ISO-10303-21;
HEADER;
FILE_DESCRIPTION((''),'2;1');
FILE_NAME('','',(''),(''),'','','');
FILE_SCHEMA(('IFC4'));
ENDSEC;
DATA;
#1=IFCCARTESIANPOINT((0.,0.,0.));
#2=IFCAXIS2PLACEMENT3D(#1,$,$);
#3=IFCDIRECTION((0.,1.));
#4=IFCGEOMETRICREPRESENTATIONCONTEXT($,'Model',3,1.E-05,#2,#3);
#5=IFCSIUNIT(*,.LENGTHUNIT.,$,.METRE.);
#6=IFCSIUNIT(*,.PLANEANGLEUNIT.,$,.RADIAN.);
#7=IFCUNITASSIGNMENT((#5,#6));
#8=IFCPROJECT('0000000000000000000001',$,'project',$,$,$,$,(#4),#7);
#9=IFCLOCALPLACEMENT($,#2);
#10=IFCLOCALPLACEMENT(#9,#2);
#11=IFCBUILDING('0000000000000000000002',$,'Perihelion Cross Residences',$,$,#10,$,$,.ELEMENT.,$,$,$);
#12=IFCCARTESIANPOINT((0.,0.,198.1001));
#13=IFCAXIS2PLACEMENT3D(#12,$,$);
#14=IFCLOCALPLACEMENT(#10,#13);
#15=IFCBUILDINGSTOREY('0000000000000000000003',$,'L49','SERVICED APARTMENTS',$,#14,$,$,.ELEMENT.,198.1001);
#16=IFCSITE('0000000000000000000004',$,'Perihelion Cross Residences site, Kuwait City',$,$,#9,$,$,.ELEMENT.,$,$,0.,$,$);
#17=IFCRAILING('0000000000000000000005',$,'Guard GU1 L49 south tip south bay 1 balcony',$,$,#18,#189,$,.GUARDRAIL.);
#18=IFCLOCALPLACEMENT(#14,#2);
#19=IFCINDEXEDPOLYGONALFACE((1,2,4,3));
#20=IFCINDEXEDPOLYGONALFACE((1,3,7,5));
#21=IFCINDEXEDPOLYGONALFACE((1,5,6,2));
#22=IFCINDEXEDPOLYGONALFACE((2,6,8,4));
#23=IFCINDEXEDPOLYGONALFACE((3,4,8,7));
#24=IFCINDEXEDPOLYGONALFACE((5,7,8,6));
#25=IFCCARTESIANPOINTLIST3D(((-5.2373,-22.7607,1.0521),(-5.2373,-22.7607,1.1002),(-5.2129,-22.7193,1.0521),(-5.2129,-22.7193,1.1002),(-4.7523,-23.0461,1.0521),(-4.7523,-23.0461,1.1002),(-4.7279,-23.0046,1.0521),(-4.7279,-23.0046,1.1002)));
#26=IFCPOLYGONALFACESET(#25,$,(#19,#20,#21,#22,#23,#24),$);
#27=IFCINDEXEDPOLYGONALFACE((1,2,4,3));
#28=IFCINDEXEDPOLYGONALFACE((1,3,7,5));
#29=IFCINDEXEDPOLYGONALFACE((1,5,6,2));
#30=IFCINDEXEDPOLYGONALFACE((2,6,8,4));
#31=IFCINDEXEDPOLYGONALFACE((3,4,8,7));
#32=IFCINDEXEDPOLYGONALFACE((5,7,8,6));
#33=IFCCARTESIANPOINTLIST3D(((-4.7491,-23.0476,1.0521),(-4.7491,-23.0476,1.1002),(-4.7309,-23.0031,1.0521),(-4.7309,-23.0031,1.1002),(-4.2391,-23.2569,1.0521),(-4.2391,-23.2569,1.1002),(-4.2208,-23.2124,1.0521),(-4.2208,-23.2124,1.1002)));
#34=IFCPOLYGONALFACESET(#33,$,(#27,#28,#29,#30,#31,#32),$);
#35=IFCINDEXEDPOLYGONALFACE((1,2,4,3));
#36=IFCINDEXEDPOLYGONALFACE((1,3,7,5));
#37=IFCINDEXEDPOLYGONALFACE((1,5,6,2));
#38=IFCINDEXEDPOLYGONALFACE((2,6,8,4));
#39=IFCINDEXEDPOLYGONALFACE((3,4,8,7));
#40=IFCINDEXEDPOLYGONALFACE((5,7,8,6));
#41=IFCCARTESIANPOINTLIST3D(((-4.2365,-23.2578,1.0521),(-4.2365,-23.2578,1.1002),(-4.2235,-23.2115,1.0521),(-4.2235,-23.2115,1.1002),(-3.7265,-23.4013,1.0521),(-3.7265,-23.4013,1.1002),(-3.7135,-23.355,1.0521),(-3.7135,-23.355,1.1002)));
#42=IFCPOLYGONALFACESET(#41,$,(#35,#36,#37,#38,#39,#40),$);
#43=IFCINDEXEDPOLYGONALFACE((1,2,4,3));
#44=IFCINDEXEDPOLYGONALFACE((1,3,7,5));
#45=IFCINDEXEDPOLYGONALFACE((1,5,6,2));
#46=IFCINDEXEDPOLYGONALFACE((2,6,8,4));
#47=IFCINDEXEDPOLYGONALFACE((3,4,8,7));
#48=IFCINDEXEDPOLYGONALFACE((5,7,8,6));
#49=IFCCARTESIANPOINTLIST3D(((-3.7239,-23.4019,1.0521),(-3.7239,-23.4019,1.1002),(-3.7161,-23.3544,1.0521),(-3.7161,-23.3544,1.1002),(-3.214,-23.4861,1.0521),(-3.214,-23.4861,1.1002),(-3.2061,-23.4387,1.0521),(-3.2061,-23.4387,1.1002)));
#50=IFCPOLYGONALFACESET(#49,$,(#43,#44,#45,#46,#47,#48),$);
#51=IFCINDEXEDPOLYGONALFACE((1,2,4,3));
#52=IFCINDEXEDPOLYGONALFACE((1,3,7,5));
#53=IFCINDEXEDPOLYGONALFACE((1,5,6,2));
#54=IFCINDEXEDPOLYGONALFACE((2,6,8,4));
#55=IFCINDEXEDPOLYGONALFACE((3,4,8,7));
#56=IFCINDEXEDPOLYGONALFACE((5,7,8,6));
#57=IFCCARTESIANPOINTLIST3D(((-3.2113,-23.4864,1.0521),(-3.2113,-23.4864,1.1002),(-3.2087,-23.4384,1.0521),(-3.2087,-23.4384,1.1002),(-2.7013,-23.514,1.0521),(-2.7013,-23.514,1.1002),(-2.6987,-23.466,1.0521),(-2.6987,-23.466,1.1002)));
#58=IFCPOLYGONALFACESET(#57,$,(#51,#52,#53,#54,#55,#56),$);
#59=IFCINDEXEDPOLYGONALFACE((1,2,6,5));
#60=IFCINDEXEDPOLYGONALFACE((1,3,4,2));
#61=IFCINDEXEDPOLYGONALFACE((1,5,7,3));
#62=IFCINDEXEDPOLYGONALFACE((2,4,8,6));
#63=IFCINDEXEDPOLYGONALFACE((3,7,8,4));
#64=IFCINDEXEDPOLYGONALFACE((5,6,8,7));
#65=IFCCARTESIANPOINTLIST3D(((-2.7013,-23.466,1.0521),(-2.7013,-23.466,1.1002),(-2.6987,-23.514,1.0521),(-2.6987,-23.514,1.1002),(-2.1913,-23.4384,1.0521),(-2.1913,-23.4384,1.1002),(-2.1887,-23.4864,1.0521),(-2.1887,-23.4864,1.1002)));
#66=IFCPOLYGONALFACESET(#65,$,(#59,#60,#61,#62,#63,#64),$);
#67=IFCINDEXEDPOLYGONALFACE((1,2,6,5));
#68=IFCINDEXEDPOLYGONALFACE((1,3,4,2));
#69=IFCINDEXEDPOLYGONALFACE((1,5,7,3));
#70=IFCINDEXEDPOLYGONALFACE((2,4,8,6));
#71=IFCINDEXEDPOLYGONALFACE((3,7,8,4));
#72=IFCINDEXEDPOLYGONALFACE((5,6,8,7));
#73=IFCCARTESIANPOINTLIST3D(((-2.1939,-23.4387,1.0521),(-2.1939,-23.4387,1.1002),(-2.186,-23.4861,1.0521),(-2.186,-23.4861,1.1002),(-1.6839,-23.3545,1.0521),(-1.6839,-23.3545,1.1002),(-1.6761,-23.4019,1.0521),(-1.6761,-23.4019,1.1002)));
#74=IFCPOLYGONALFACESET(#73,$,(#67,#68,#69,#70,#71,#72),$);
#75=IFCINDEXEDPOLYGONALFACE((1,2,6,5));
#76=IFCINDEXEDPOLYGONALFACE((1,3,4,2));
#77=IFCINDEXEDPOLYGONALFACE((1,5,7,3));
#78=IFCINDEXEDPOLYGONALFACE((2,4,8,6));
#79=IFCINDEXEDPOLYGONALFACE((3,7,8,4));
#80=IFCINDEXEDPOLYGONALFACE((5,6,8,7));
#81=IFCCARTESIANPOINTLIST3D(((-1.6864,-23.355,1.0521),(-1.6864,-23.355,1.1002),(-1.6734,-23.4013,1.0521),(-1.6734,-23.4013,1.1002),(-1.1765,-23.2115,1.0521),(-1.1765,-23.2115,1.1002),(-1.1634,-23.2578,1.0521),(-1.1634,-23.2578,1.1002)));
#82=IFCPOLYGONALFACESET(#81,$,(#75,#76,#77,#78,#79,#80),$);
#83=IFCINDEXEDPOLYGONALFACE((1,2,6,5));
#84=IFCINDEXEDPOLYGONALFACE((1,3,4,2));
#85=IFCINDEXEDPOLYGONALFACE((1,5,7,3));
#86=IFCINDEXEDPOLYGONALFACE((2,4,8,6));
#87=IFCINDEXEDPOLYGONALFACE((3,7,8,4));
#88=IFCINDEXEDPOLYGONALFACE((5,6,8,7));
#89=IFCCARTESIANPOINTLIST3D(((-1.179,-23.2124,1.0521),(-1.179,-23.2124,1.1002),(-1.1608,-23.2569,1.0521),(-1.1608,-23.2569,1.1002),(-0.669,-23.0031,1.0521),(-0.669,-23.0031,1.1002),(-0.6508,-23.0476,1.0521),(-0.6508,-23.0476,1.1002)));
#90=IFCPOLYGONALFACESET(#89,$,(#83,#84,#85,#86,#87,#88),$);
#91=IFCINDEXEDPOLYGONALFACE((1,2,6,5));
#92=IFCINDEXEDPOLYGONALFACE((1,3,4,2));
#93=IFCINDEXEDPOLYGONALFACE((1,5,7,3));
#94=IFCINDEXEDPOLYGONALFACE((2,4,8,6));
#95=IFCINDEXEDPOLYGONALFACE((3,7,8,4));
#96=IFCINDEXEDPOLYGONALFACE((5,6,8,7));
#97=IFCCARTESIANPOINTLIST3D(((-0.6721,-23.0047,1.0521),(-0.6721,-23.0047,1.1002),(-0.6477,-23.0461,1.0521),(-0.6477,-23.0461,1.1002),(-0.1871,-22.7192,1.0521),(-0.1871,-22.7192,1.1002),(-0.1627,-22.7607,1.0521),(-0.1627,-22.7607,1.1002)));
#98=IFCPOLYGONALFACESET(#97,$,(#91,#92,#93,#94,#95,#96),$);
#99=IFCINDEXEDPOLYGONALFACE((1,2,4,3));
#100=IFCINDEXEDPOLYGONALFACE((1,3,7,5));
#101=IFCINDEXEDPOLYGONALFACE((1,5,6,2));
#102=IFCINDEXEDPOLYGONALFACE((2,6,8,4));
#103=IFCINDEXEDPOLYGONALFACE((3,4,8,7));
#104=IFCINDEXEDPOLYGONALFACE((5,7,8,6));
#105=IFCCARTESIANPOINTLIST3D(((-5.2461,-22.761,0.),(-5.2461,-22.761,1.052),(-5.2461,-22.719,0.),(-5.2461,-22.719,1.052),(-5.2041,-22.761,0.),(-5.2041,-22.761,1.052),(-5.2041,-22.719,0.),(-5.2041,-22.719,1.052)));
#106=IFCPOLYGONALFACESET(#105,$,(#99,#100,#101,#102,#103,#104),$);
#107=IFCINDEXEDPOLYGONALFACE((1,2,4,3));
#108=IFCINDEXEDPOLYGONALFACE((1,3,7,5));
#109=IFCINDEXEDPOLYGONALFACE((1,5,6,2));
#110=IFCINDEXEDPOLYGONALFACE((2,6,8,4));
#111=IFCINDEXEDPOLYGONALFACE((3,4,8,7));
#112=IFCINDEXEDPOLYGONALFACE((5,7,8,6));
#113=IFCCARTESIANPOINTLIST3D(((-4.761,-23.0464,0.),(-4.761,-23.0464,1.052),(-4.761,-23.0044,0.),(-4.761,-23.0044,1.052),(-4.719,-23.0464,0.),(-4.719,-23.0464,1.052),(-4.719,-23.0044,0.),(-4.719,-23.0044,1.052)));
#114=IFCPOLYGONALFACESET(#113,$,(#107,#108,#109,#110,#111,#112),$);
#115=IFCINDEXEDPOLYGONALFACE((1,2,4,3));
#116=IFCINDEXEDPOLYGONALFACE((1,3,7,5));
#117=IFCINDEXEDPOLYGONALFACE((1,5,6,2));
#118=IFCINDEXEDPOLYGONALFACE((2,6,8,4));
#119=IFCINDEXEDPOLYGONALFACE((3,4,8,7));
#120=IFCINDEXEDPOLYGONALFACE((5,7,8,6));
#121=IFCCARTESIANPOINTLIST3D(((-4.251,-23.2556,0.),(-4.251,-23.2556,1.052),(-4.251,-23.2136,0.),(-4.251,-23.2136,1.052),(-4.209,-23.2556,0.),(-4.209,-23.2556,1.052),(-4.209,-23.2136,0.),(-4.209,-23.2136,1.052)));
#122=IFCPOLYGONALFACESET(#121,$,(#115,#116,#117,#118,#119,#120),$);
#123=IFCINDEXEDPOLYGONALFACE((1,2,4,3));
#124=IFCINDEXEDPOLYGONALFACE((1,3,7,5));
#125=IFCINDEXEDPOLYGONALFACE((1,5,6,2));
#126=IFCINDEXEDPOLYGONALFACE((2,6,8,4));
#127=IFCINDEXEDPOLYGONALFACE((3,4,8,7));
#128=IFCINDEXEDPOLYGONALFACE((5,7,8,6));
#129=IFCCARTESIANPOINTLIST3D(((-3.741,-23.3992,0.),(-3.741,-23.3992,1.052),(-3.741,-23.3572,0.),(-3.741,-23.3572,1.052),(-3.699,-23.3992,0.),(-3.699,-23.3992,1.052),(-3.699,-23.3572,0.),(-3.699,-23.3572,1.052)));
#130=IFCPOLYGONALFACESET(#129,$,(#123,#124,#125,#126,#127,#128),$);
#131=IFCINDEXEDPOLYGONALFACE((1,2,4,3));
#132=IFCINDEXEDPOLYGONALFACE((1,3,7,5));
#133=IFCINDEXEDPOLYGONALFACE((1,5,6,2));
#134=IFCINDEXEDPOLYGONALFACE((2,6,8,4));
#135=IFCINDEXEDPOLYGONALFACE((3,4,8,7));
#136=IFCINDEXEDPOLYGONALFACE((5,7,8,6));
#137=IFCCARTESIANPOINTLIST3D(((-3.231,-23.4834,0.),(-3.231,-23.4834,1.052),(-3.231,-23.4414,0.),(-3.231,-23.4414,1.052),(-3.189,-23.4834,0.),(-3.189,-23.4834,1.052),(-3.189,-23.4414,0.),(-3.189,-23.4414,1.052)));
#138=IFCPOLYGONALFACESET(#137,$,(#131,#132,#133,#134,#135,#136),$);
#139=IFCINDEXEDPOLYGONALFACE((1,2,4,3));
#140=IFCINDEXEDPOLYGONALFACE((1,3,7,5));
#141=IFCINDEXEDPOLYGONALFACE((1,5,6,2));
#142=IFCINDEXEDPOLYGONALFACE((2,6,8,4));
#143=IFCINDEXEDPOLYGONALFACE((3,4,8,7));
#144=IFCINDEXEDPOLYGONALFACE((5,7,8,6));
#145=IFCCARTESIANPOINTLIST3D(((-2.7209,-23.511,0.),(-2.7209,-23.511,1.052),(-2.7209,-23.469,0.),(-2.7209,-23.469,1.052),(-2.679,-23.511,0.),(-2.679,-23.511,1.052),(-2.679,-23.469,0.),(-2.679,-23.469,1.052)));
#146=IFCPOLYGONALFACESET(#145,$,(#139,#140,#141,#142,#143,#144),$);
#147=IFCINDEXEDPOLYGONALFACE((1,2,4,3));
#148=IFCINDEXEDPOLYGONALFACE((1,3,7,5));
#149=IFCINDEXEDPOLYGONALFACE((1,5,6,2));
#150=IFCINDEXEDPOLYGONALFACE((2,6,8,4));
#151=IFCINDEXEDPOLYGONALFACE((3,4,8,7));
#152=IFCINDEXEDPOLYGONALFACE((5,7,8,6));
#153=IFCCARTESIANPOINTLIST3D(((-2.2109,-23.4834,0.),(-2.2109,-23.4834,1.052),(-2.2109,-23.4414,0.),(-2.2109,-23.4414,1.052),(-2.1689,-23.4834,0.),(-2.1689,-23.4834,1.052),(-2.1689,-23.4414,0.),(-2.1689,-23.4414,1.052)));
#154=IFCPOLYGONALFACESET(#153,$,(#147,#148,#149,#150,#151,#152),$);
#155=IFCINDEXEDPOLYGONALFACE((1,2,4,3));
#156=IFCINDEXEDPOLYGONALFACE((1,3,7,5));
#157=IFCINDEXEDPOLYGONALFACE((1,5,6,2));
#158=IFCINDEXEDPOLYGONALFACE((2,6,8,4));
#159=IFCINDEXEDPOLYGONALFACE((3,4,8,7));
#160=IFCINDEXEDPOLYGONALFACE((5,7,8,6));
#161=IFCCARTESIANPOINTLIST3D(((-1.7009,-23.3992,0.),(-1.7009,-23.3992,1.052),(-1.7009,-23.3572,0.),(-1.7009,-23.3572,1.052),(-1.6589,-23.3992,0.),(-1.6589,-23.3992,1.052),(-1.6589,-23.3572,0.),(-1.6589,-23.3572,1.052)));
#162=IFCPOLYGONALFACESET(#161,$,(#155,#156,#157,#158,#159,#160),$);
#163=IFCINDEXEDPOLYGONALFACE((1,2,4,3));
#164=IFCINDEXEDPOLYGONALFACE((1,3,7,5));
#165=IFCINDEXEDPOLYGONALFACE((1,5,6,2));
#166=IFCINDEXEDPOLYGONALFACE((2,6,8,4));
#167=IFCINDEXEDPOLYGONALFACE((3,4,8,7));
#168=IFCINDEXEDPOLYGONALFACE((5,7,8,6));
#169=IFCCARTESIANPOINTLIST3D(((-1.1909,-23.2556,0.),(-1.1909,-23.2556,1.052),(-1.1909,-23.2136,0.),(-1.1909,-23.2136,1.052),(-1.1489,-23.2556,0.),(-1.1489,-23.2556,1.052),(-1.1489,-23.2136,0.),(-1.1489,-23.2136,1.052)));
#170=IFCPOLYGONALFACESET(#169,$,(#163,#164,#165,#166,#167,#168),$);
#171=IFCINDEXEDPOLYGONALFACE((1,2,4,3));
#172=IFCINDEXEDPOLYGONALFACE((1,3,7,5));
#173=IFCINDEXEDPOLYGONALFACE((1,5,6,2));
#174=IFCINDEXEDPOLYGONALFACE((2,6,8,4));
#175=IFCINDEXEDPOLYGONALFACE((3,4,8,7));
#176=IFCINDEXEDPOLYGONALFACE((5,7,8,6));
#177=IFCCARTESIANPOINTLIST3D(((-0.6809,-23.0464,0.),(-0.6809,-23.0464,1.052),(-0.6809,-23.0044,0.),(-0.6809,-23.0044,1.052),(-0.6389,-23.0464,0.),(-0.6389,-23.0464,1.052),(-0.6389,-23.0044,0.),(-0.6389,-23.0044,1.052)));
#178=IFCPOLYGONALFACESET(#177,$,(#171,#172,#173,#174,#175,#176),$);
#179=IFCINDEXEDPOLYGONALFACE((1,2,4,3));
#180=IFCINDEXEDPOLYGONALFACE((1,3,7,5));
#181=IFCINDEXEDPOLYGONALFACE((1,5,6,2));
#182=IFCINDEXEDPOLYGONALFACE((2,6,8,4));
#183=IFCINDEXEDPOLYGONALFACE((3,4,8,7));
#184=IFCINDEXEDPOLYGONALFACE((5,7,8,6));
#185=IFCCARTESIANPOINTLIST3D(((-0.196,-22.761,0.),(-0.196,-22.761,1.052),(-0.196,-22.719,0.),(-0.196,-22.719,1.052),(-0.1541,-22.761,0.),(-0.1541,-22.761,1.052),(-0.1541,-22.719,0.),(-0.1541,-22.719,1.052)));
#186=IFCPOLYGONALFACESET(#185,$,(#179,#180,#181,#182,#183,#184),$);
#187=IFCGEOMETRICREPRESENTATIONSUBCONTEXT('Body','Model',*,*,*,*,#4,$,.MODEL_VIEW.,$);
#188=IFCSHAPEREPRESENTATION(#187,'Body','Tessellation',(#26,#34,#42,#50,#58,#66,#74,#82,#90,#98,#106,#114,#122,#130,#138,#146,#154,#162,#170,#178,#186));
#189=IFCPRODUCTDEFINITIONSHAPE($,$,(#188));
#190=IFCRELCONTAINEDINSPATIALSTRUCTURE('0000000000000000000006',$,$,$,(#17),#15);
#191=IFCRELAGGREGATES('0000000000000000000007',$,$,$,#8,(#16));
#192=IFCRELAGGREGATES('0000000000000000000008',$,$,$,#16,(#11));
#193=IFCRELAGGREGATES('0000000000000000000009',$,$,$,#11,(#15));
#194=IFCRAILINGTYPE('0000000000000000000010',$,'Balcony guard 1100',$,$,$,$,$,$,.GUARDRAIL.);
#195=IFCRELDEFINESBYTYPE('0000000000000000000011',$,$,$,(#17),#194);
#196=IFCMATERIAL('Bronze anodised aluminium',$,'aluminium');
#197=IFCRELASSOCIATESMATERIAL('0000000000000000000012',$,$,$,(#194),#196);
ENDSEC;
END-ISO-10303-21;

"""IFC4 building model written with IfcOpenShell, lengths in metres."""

from ifc_helpers import new_model, si_unit, direction, frame, origin, origin_2d, place, context, subcontext, project, spatial, rectangle, extrude, material, type_object, element, save


model = new_model("IFC4")

# Units and contexts
model_context = context("Model", 3, precision=1e-05, world=origin(), true_north=direction((0.0, 1.0)))
body_context = subcontext(model_context, "Body", "Model", "MODEL_VIEW")
ifc_project = project(units=[si_unit("LENGTHUNIT", "METRE"), si_unit("PLANEANGLEUNIT", "RADIAN")], contexts=[model_context])

# Site, building, storey
site_placement = place(None, origin())
site = spatial("IfcSite", under=ifc_project, at=site_placement, Name="Perihelion Cross Residences site, Kuwait City", CompositionType="ELEMENT", RefElevation=0.0)
building_placement = place(site_placement, origin())
building = spatial("IfcBuilding", under=site, at=building_placement, Name="Perihelion Cross Residences", CompositionType="ELEMENT")
storey_placement = place(building_placement, frame((0.0, 0.0, 198.1001)))
storey = spatial("IfcBuildingStorey", under=building, at=storey_placement, Name="L49", Description="SERVICED APARTMENTS", CompositionType="ELEMENT", Elevation=198.1001)

# Railing
ifc_material_1 = material(Name="Bronze anodised aluminium", Category="aluminium")
railing_type = type_object("IfcRailingType", Name="Balcony guard 1100", PredefinedType="GUARDRAIL", material=ifc_material_1)
railing_1_placement = place(storey_placement, frame((-5.2251, -22.74, 0.0)))
element("IfcRailing", 1, at=railing_1_placement, inside=storey, type_object=railing_type, Name="Guard GU1 L49 south tip south bay 1 balcony", PredefinedType="GUARDRAIL", context=body_context, shape_type="SweptSolid", body=[
    extrude(rectangle(XDim=0.0481, YDim=0.0481, at=origin_2d()), frame((0.0, 0.0, 1.0762), z_axis=(0.861901, -0.507077, 0.0), x_axis=(0.507077, 0.861901, 0.0)), (0.0, 0.0, 1.0), 0.5627),
    extrude(rectangle(XDim=0.0481, YDim=0.0481, at=origin_2d()), frame((0.4851, -0.2854, 1.0762), z_axis=(0.925173, -0.379547, 0.0), x_axis=(0.379547, 0.925173, 0.0)), (0.0, 0.0, 1.0), 0.5513),
    extrude(rectangle(XDim=0.0481, YDim=0.0481, at=origin_2d()), frame((0.9951, -0.4946, 1.0762), z_axis=(0.962595, -0.270946, 0.0), x_axis=(0.270946, 0.962595, 0.0)), (0.0, 0.0, 1.0), 0.5298),
    extrude(rectangle(XDim=0.0481, YDim=0.0481, at=origin_2d()), frame((1.5051, -0.6382, 1.0762), z_axis=(0.986635, -0.162944, 0.0), x_axis=(0.162944, 0.986635, 0.0)), (0.0, 0.0, 1.0), 0.5168),
    extrude(rectangle(XDim=0.0481, YDim=0.0481, at=origin_2d()), frame((2.0151, -0.7224, 1.0762), z_axis=(0.99854, -0.054014, 0.0), x_axis=(0.054014, 0.99854, 0.0)), (0.0, 0.0, 1.0), 0.5107),
    extrude(rectangle(XDim=0.0481, YDim=0.0481, at=origin_2d()), frame((2.5251, -0.75, 1.0762), z_axis=(0.99854, 0.054014, 0.0), x_axis=(-0.054014, 0.99854, 0.0)), (0.0, 0.0, 1.0), 0.5107),
    extrude(rectangle(XDim=0.0481, YDim=0.0481, at=origin_2d()), frame((3.0352, -0.7224, 1.0762), z_axis=(0.986635, 0.162944, 0.0), x_axis=(-0.162944, 0.986635, 0.0)), (0.0, 0.0, 1.0), 0.5168),
    extrude(rectangle(XDim=0.0481, YDim=0.0481, at=origin_2d()), frame((3.5452, -0.6382, 1.0762), z_axis=(0.962595, 0.270946, 0.0), x_axis=(-0.270946, 0.962595, 0.0)), (0.0, 0.0, 1.0), 0.5298),
    extrude(rectangle(XDim=0.0481, YDim=0.0481, at=origin_2d()), frame((4.0552, -0.4946, 1.0762), z_axis=(0.925173, 0.379547, 0.0), x_axis=(-0.379547, 0.925173, 0.0)), (0.0, 0.0, 1.0), 0.5513),
    extrude(rectangle(XDim=0.0481, YDim=0.0481, at=origin_2d()), frame((4.5652, -0.2854, 1.0762), z_axis=(0.861789, 0.507267, 0.0), x_axis=(-0.507267, 0.861789, 0.0)), (0.0, 0.0, 1.0), 0.5627),
    extrude(rectangle(XDim=0.042, YDim=0.042, at=origin_2d()), origin(), (0.0, 0.0, 1.0), 1.052),
    extrude(rectangle(XDim=0.042, YDim=0.042, at=origin_2d()), frame((0.4851, -0.2854, 0.0)), (0.0, 0.0, 1.0), 1.052),
    extrude(rectangle(XDim=0.042, YDim=0.042, at=origin_2d()), frame((0.9951, -0.4946, 0.0)), (0.0, 0.0, 1.0), 1.052),
    extrude(rectangle(XDim=0.042, YDim=0.042, at=origin_2d()), frame((1.5051, -0.6382, 0.0)), (0.0, 0.0, 1.0), 1.052),
    extrude(rectangle(XDim=0.042, YDim=0.042, at=origin_2d()), frame((2.0151, -0.7224, 0.0)), (0.0, 0.0, 1.0), 1.052),
    extrude(rectangle(XDim=0.042, YDim=0.042, at=origin_2d()), frame((2.5251, -0.75, 0.0)), (0.0, 0.0, 1.0), 1.052),
    extrude(rectangle(XDim=0.042, YDim=0.042, at=origin_2d()), frame((3.0352, -0.7224, 0.0)), (0.0, 0.0, 1.0), 1.052),
    extrude(rectangle(XDim=0.042, YDim=0.042, at=origin_2d()), frame((3.5452, -0.6382, 0.0)), (0.0, 0.0, 1.0), 1.052),
    extrude(rectangle(XDim=0.042, YDim=0.042, at=origin_2d()), frame((4.0552, -0.4946, 0.0)), (0.0, 0.0, 1.0), 1.052),
    extrude(rectangle(XDim=0.042, YDim=0.042, at=origin_2d()), frame((4.5652, -0.2854, 0.0)), (0.0, 0.0, 1.0), 1.052),
    extrude(rectangle(XDim=0.042, YDim=0.042, at=origin_2d()), frame((5.05, 0.0, 0.0)), (0.0, 0.0, 1.0), 1.052),
])

save(model, "model.ifc")
